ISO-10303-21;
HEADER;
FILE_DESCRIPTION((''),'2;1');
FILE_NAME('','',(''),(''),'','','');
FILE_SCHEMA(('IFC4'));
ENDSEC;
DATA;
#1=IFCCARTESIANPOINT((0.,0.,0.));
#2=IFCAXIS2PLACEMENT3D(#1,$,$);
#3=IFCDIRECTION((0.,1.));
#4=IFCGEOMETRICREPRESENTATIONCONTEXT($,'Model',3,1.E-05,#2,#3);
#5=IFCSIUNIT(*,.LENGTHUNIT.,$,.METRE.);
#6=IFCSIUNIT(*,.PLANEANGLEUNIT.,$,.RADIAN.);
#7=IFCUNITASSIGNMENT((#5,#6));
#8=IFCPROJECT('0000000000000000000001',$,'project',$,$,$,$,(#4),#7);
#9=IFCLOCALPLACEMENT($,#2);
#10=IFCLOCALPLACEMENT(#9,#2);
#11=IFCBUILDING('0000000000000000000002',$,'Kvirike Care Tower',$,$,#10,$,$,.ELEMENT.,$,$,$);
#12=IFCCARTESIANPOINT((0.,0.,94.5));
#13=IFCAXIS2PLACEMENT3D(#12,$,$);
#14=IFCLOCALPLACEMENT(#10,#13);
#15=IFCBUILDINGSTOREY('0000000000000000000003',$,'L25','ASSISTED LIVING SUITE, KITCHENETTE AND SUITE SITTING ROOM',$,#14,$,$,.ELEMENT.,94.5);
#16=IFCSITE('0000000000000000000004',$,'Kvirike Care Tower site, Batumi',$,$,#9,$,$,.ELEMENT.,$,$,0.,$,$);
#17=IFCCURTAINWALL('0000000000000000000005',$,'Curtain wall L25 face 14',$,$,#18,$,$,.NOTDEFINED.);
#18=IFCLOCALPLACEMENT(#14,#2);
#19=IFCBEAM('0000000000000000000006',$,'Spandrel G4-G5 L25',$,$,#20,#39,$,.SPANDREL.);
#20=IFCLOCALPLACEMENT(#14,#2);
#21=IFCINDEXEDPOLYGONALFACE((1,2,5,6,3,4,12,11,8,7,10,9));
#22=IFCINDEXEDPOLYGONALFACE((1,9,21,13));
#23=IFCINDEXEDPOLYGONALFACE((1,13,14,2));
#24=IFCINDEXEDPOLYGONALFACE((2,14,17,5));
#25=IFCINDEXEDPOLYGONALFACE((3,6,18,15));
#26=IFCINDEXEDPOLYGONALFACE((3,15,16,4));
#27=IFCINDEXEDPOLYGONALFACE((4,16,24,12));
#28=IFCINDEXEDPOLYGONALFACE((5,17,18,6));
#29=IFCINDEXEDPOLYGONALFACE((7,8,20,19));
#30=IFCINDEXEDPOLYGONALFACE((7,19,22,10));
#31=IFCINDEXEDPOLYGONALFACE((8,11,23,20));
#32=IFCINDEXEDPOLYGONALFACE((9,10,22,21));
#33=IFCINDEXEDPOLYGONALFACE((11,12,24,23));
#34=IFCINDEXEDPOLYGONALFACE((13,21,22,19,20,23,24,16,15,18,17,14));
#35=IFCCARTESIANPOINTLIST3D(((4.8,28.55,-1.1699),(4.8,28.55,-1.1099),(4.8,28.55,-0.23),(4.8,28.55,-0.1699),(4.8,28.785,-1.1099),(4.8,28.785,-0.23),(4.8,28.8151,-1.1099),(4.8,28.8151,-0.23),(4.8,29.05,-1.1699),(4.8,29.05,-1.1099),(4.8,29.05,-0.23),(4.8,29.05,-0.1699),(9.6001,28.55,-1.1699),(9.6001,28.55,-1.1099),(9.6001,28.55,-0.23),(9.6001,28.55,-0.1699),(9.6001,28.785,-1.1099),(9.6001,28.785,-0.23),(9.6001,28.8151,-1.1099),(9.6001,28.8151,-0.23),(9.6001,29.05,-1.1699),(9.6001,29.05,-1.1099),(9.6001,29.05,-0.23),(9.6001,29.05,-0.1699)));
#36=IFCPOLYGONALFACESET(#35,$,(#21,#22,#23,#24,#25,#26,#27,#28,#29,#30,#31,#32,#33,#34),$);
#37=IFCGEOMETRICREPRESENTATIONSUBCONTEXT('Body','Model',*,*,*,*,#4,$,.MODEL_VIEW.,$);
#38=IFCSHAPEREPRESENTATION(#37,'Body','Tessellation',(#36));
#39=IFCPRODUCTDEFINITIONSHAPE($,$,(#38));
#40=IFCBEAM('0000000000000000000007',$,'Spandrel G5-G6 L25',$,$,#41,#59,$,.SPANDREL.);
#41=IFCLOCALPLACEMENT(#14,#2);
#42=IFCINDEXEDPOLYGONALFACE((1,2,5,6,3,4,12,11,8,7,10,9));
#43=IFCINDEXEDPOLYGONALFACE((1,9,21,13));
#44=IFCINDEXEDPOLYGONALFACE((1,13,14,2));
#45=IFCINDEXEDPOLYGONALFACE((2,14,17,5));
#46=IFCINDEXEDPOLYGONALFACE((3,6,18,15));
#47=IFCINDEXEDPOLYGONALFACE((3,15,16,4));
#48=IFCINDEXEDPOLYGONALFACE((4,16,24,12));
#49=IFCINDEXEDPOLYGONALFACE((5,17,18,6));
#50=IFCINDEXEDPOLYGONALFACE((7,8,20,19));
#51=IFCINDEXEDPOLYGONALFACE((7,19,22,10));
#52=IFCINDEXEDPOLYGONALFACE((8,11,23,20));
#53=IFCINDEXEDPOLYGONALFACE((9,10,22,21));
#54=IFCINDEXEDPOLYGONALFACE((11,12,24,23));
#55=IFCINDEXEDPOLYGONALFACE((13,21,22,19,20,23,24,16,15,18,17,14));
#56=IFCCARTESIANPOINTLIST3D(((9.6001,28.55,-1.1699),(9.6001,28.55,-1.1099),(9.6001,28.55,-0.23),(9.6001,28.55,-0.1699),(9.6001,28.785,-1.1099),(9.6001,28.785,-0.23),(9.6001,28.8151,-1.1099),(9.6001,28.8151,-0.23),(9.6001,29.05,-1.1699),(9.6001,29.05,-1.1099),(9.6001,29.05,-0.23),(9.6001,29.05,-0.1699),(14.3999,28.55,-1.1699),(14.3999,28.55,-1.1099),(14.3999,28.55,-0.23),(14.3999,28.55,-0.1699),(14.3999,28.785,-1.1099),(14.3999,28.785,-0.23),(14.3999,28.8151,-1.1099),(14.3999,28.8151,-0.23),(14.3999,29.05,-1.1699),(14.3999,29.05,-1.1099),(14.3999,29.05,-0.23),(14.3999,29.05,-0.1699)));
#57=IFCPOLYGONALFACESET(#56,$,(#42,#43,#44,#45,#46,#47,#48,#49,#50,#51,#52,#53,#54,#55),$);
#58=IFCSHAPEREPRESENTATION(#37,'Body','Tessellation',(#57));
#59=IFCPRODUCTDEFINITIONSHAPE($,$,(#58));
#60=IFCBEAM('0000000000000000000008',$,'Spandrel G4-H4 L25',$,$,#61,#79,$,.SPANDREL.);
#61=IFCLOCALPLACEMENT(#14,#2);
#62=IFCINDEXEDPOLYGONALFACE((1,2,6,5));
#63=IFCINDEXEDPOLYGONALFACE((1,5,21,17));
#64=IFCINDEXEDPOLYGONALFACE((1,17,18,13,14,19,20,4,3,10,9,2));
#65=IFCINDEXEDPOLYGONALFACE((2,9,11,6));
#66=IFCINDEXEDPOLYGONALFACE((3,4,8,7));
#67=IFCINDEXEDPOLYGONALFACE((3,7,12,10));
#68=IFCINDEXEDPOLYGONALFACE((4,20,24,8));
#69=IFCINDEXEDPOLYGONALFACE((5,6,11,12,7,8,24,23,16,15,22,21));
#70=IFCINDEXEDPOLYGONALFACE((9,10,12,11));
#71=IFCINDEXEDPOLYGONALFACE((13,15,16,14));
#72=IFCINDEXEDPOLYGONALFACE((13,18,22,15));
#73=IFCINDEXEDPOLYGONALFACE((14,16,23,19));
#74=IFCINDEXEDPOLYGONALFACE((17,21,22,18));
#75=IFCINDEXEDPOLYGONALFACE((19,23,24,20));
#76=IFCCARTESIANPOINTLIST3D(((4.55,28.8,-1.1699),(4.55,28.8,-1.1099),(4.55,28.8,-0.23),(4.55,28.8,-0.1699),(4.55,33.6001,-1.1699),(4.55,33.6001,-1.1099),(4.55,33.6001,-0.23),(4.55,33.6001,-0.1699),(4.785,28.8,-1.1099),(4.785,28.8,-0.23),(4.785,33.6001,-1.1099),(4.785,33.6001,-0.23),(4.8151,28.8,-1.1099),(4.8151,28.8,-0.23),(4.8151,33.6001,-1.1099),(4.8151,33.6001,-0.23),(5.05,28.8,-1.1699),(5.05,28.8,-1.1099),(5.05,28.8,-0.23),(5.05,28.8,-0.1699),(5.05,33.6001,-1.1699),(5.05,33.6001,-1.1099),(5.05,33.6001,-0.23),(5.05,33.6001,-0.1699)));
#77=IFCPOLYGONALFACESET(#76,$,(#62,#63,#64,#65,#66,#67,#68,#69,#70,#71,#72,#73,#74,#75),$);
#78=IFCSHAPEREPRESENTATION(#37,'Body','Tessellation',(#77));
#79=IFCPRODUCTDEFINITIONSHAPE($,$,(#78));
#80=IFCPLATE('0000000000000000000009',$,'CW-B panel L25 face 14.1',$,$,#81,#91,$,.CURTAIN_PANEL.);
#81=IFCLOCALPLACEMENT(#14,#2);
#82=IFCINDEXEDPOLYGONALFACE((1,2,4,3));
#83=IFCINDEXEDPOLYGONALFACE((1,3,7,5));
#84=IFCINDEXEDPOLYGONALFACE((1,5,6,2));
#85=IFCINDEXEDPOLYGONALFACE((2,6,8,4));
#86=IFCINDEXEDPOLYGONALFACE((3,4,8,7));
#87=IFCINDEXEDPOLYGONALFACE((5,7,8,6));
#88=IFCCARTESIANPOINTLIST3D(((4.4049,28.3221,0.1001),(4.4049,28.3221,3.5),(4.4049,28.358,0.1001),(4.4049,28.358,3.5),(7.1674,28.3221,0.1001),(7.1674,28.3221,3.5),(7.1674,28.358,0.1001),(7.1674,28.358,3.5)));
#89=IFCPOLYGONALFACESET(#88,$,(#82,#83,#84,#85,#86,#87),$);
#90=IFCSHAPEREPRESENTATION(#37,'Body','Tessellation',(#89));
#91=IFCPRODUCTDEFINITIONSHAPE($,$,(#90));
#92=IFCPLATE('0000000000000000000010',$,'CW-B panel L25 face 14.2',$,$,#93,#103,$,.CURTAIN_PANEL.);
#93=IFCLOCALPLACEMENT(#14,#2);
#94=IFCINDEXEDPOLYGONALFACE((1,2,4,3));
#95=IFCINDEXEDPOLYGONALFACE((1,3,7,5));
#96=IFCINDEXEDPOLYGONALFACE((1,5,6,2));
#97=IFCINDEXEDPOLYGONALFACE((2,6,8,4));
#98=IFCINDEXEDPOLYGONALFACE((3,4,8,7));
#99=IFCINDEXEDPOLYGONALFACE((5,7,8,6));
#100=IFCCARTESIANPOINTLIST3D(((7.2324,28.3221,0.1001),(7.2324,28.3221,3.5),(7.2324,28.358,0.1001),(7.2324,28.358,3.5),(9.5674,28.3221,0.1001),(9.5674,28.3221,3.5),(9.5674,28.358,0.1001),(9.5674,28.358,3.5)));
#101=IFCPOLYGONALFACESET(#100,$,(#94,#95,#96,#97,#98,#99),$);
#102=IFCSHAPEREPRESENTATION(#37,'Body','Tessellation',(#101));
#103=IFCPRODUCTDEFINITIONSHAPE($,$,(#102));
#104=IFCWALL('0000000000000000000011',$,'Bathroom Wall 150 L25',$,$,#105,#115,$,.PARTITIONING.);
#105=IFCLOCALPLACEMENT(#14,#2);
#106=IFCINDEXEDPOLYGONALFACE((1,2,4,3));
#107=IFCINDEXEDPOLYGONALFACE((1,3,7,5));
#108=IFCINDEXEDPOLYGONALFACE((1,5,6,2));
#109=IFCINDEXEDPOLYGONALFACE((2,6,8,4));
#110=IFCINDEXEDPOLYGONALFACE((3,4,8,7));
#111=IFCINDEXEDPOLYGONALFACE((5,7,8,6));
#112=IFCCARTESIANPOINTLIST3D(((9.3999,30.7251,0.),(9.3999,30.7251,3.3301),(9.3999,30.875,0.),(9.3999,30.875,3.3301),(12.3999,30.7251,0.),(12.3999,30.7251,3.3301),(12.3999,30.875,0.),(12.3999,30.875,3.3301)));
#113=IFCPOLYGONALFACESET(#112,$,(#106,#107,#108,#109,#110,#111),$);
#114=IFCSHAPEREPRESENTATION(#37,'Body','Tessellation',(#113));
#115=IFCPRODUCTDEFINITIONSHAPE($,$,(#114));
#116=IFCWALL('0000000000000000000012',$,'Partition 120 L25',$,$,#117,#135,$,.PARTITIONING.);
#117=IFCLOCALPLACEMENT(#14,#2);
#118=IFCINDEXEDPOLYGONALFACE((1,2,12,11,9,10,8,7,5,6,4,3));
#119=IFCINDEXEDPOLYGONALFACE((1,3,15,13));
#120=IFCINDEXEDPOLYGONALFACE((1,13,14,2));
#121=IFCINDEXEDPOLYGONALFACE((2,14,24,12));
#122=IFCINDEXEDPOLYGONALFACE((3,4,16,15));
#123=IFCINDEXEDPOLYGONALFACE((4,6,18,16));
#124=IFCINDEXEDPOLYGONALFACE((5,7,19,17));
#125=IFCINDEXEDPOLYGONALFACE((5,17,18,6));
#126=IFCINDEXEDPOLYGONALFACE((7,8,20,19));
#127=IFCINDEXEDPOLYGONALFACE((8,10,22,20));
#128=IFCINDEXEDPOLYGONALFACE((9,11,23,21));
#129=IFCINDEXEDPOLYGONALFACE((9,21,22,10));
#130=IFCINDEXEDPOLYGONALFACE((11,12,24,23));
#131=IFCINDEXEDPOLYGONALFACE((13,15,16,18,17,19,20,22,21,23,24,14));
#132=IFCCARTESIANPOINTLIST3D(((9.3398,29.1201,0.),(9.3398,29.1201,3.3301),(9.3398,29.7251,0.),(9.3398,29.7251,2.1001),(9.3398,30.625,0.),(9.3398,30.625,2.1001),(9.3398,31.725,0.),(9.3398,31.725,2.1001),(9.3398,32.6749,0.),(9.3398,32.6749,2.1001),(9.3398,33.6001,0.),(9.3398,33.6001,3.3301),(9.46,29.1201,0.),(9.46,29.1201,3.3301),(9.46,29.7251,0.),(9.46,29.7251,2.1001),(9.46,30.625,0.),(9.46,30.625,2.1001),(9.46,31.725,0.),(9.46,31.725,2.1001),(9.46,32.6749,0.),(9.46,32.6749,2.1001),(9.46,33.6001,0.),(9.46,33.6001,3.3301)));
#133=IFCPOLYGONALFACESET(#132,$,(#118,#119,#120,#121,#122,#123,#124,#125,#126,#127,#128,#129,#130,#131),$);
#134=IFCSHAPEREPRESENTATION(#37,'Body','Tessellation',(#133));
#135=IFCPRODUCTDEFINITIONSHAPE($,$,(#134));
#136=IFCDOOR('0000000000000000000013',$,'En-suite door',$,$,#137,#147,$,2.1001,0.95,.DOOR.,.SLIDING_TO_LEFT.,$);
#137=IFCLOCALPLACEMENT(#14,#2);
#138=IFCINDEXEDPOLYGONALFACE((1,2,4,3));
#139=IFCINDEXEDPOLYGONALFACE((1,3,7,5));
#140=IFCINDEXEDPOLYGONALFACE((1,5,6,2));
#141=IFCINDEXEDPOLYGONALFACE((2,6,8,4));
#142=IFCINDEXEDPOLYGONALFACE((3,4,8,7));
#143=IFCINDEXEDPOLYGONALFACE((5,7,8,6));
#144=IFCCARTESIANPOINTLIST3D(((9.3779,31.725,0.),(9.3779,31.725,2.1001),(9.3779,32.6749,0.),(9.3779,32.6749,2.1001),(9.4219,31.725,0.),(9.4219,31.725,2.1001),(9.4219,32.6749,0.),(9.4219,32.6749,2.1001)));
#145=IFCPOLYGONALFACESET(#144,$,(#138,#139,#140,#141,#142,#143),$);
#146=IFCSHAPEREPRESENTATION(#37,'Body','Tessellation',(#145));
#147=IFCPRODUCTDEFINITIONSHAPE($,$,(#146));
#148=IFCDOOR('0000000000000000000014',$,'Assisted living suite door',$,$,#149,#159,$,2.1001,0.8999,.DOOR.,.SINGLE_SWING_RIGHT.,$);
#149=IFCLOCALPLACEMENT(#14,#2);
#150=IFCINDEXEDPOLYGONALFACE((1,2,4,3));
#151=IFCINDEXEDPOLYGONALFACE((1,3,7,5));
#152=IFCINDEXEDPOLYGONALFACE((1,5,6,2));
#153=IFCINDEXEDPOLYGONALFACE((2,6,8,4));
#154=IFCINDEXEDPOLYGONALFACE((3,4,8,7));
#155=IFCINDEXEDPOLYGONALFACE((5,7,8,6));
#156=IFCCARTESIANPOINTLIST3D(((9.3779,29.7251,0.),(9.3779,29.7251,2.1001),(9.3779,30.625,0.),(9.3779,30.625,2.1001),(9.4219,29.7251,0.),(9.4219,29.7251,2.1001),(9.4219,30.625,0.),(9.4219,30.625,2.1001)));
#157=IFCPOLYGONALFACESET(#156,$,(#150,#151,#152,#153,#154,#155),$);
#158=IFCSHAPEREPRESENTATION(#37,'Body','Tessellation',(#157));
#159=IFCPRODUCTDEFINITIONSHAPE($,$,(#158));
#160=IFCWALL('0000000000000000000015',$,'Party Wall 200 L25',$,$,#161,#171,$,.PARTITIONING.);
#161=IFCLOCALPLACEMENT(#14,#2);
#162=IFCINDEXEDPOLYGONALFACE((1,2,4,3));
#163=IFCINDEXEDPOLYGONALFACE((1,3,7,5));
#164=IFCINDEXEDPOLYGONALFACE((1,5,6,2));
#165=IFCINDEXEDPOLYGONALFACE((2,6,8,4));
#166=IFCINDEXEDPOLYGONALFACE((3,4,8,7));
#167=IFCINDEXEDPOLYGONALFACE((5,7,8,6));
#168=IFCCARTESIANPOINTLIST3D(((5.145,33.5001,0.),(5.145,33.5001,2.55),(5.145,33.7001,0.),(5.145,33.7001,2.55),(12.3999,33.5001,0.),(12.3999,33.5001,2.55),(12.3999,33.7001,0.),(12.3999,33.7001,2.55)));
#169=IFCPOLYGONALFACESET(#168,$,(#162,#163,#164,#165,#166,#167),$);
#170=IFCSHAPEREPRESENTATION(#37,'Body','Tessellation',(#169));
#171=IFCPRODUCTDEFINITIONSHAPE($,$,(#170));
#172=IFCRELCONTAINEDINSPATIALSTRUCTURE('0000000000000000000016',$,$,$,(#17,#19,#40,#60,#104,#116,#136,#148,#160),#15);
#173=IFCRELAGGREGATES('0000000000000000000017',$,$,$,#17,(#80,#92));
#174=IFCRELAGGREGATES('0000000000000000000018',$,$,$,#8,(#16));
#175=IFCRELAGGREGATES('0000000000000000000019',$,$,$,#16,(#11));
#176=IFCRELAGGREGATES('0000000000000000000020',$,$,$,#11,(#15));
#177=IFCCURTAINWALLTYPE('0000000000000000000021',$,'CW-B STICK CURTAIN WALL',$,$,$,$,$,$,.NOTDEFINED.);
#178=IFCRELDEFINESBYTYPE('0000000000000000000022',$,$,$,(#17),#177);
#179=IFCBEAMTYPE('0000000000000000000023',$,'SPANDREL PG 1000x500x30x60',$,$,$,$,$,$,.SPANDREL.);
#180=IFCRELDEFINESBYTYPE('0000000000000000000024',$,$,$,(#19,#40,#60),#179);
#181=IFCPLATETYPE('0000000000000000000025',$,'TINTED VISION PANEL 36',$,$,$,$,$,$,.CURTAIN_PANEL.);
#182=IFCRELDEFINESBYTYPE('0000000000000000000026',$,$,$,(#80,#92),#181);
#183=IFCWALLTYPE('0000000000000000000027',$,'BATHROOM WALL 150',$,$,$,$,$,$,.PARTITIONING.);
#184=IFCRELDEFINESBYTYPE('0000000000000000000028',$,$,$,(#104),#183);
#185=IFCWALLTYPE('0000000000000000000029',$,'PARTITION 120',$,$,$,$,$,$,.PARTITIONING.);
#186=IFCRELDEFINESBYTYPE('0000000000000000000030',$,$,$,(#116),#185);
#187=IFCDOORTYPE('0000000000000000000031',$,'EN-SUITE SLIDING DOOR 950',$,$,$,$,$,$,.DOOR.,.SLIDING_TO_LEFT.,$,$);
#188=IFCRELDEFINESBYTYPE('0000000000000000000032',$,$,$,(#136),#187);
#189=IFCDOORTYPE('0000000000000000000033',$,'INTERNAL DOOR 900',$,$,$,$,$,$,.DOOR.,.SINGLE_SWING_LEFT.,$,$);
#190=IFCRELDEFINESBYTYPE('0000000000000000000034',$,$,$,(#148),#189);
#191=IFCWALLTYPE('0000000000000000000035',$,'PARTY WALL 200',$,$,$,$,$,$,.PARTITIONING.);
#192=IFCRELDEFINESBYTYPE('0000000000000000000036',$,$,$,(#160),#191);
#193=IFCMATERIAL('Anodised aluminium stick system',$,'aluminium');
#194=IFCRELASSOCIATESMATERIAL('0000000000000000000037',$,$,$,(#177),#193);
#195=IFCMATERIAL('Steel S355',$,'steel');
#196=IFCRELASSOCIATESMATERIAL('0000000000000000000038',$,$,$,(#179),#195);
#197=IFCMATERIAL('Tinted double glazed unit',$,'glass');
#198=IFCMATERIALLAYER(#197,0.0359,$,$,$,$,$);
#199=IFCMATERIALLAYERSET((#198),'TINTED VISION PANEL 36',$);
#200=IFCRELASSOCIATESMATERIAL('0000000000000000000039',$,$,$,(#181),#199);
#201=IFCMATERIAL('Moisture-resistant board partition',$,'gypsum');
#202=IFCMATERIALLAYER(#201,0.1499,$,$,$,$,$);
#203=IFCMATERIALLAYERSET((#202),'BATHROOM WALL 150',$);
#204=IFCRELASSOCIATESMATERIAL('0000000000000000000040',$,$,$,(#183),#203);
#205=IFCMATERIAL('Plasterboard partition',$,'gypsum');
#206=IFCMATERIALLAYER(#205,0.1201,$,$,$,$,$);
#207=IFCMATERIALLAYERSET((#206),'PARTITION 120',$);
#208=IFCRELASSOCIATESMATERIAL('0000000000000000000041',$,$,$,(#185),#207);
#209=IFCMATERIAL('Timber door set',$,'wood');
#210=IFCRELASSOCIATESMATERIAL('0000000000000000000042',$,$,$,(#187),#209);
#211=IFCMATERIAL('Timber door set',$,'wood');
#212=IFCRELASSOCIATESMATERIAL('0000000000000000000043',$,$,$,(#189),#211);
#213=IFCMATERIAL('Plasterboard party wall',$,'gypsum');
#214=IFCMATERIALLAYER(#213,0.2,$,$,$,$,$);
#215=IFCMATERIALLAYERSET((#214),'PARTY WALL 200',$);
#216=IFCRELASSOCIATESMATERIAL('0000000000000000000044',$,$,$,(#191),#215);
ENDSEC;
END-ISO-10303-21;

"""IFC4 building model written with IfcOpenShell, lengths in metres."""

from ifc_helpers import new_model, si_unit, direction, frame, frame_2d, origin, origin_2d, place, context, subcontext, project, spatial, rectangle, i_section, extrude, material, layer, layer_set, material_profile, profile_set, type_object, element, fill, aggregate, save


model = new_model("IFC4")

# Units and contexts
model_context = context("Model", 3, precision=1e-05, world=origin(), true_north=direction((0.0, 1.0)))
body_context = subcontext(model_context, "Body", "Model", "MODEL_VIEW")
ifc_project = project(units=[si_unit("LENGTHUNIT", "METRE"), si_unit("PLANEANGLEUNIT", "RADIAN")], contexts=[model_context])

# Site, building, storey
site_placement = place(None, origin())
site = spatial("IfcSite", under=ifc_project, at=site_placement, Name="Kvirike Care Tower site, Batumi", CompositionType="ELEMENT", RefElevation=0.0)
building_placement = place(site_placement, origin())
building = spatial("IfcBuilding", under=site, at=building_placement, Name="Kvirike Care Tower", CompositionType="ELEMENT")
storey_placement = place(building_placement, frame((0.0, 0.0, 94.5)))
storey = spatial("IfcBuildingStorey", under=building, at=storey_placement, Name="L25", Description="ASSISTED LIVING SUITE, KITCHENETTE AND SUITE SITTING ROOM", CompositionType="ELEMENT", Elevation=94.5)

# Curtain wall
ifc_material_1 = material(Name="Anodised aluminium stick system", Category="aluminium")
curtain_wall_type = type_object("IfcCurtainWallType", Name="CW-B STICK CURTAIN WALL", PredefinedType="NOTDEFINED", material=ifc_material_1)
curtain_wall_placement = place(storey_placement, origin())
curtain_wall = element("IfcCurtainWall", 1, at=curtain_wall_placement, inside=storey, type_object=curtain_wall_type, Name="Curtain wall L25 face 14", PredefinedType="NOTDEFINED")

# Beams
ifc_material_2 = material(Name="Steel S355", Category="steel")
ifc_material_profile_1 = material_profile(ifc_material_2, i_section(OverallWidth=0.5, OverallDepth=1.0, WebThickness=0.03, FlangeThickness=0.0601, at=origin_2d()), Name="PG 1000x500x30x60")
ifc_profile_set_1 = profile_set([ifc_material_profile_1], Name="Steel S355")
beam_type_1 = type_object("IfcBeamType", Name="SPANDREL PG 1000x500x30x60", PredefinedType="SPANDREL", material=ifc_profile_set_1)
beam_1_placement = place(storey_placement, frame((4.8, 28.8, -0.6699), z_axis=(1.0, 0.0, 0.0), x_axis=(0.0, 1.0, 0.0)))
element("IfcBeam", 2, at=beam_1_placement, inside=storey, type_object=beam_type_1, Name="Spandrel G4-G5 L25", PredefinedType="SPANDREL", context=body_context, shape_type="SweptSolid", body=[
    extrude(i_section(OverallWidth=0.5, OverallDepth=1.0, WebThickness=0.03, FlangeThickness=0.0601, at=origin_2d()), origin(), (0.0, 0.0, 1.0), 4.8),
])
beam_2_placement = place(storey_placement, frame((9.6001, 28.8, -0.6699), z_axis=(1.0, 0.0, 0.0), x_axis=(0.0, 1.0, 0.0)))
element("IfcBeam", 3, at=beam_2_placement, inside=storey, type_object=beam_type_1, Name="Spandrel G5-G6 L25", PredefinedType="SPANDREL", context=body_context, shape_type="SweptSolid", body=[
    extrude(i_section(OverallWidth=0.5, OverallDepth=1.0, WebThickness=0.03, FlangeThickness=0.0601, at=origin_2d()), origin(), (0.0, 0.0, 1.0), 4.7998),
])
beam_3_placement = place(storey_placement, frame((4.8, 28.8, -0.6699), z_axis=(0.0, 1.0, 0.0), x_axis=(-1.0, 0.0, 0.0)))
element("IfcBeam", 4, at=beam_3_placement, inside=storey, type_object=beam_type_1, Name="Spandrel G4-H4 L25", PredefinedType="SPANDREL", context=body_context, shape_type="SweptSolid", body=[
    extrude(i_section(OverallWidth=0.5, OverallDepth=1.0, WebThickness=0.03, FlangeThickness=0.0601, at=origin_2d()), origin(), (0.0, 0.0, 1.0), 4.8),
])

# Plates
ifc_material_3 = material(Name="Tinted double glazed unit", Category="glass")
ifc_layer_1 = layer(ifc_material_3, 0.0359)
ifc_layer_set_1 = layer_set([ifc_layer_1], Name="TINTED VISION PANEL 36")
plate_type = type_object("IfcPlateType", Name="TINTED VISION PANEL 36", PredefinedType="CURTAIN_PANEL", material=ifc_layer_set_1)
plate_1_placement = place(storey_placement, frame((5.7861, 28.3401, 0.1001), z_axis=(0.0, 0.0, 1.0), x_axis=(1.0, 0.0, 0.0)))
plate_1 = element("IfcPlate", 5, at=plate_1_placement, type_object=plate_type, Name="CW-B panel L25 face 14.1", PredefinedType="CURTAIN_PANEL", context=body_context, shape_type="SweptSolid", body=[
    extrude(rectangle(XDim=2.7625, YDim=0.0359, at=origin_2d()), origin(), (0.0, 0.0, 1.0), 3.3999),
])
plate_2_placement = place(storey_placement, frame((8.3999, 28.3401, 0.1001), z_axis=(0.0, 0.0, 1.0), x_axis=(1.0, 0.0, 0.0)))
plate_2 = element("IfcPlate", 6, at=plate_2_placement, type_object=plate_type, Name="CW-B panel L25 face 14.2", PredefinedType="CURTAIN_PANEL", context=body_context, shape_type="SweptSolid", body=[
    extrude(rectangle(XDim=2.335, YDim=0.0359, at=origin_2d()), origin(), (0.0, 0.0, 1.0), 3.3999),
])
aggregate(curtain_wall, [plate_1, plate_2])

# Wall
ifc_material_4 = material(Name="Moisture-resistant board partition", Category="gypsum")
ifc_layer_2 = layer(ifc_material_4, 0.1499)
ifc_layer_set_2 = layer_set([ifc_layer_2], Name="BATHROOM WALL 150")
wall_type_1 = type_object("IfcWallType", Name="BATHROOM WALL 150", PredefinedType="PARTITIONING", material=ifc_layer_set_2)
wall_1_placement = place(storey_placement, frame((9.3999, 30.8, 0.0), z_axis=(0.0, 0.0, 1.0), x_axis=(1.0, 0.0, 0.0)))
element("IfcWall", 7, at=wall_1_placement, inside=storey, type_object=wall_type_1, Name="Bathroom Wall 150 L25", PredefinedType="PARTITIONING", context=body_context, shape_type="SweptSolid", body=[
    extrude(rectangle(XDim=3.0, YDim=0.1499, at=frame_2d((1.5, 0.0))), origin(), (0.0, 0.0, 1.0), 3.3301),
])

# Wall, openings, doors
ifc_material_5 = material(Name="Plasterboard partition", Category="gypsum")
ifc_layer_3 = layer(ifc_material_5, 0.1201)
ifc_layer_set_3 = layer_set([ifc_layer_3], Name="PARTITION 120")
wall_type_2 = type_object("IfcWallType", Name="PARTITION 120", PredefinedType="PARTITIONING", material=ifc_layer_set_3)
wall_2_placement = place(storey_placement, frame((9.3999, 33.6001, 0.0), z_axis=(0.0, 0.0, 1.0), x_axis=(0.0, -1.0, 0.0)))
wall_2 = element("IfcWall", 8, at=wall_2_placement, inside=storey, type_object=wall_type_2, Name="Partition 120 L25", PredefinedType="PARTITIONING", context=body_context, shape_type="SweptSolid", body=[
    extrude(rectangle(XDim=4.48, YDim=0.1201, at=frame_2d((2.24, 0.0))), origin(), (0.0, 0.0, 1.0), 3.3301),
])
opening_1_placement = place(wall_2_placement, frame((2.9751, 0.0, 0.0)))
opening_1 = element("IfcOpeningElement", 9, at=opening_1_placement, cuts=wall_2, PredefinedType="OPENING", context=body_context, shape_type="SweptSolid", body=[
    extrude(rectangle(XDim=0.8999, YDim=2.1001, at=frame_2d((0.45, 1.05))), frame((0.0, 0.0706, 0.0), z_axis=(0.0, -1.0, 0.0), x_axis=(1.0, 0.0, 0.0)), (0.0, 0.0, 1.0), 0.1411),
])
opening_2_placement = place(wall_2_placement, frame((0.925, 0.0, 0.0)))
opening_2 = element("IfcOpeningElement", 10, at=opening_2_placement, cuts=wall_2, PredefinedType="OPENING", context=body_context, shape_type="SweptSolid", body=[
    extrude(rectangle(XDim=0.95, YDim=2.1001, at=frame_2d((0.4751, 1.05))), frame((0.0, 0.0706, 0.0), z_axis=(0.0, -1.0, 0.0), x_axis=(1.0, 0.0, 0.0)), (0.0, 0.0, 1.0), 0.1411),
])
ifc_material_6 = material(Name="Timber door set", Category="wood")
door_type_1 = type_object("IfcDoorType", Name="EN-SUITE SLIDING DOOR 950", OperationType="SLIDING_TO_LEFT", PredefinedType="DOOR", material=ifc_material_6)
door_1_placement = place(opening_2_placement, origin())
door_1 = element("IfcDoor", 11, at=door_1_placement, inside=storey, type_object=door_type_1, Name="En-suite door", OperationType="SLIDING_TO_LEFT", OverallHeight=2.1001, OverallWidth=0.95, PredefinedType="DOOR", context=body_context, shape_type="SweptSolid", body=[
    extrude(rectangle(XDim=0.95, YDim=2.1001, at=frame_2d((0.4751, 1.05))), frame((0.0, 0.022, 0.0), z_axis=(0.0, -1.0, 0.0), x_axis=(1.0, 0.0, 0.0)), (0.0, 0.0, 1.0), 0.0439),
])
fill(opening_2, door_1)
ifc_material_7 = material(Name="Timber door set", Category="wood")
door_type_2 = type_object("IfcDoorType", Name="INTERNAL DOOR 900", OperationType="SINGLE_SWING_LEFT", PredefinedType="DOOR", material=ifc_material_7)
door_2_placement = place(opening_1_placement, origin())
door_2 = element("IfcDoor", 12, at=door_2_placement, inside=storey, type_object=door_type_2, Name="Assisted living suite door", OperationType="SINGLE_SWING_RIGHT", OverallHeight=2.1001, OverallWidth=0.8999, PredefinedType="DOOR", context=body_context, shape_type="SweptSolid", body=[
    extrude(rectangle(XDim=0.8999, YDim=2.1001, at=frame_2d((0.45, 1.05))), frame((0.0, 0.022, 0.0), z_axis=(0.0, -1.0, 0.0), x_axis=(1.0, 0.0, 0.0)), (0.0, 0.0, 1.0), 0.0439),
])
fill(opening_1, door_2)

# Wall
ifc_material_8 = material(Name="Plasterboard party wall", Category="gypsum")
ifc_layer_4 = layer(ifc_material_8, 0.2)
ifc_layer_set_4 = layer_set([ifc_layer_4], Name="PARTY WALL 200")
wall_type_3 = type_object("IfcWallType", Name="PARTY WALL 200", PredefinedType="PARTITIONING", material=ifc_layer_set_4)
wall_3_placement = place(storey_placement, frame((5.145, 33.6001, 0.0), z_axis=(0.0, 0.0, 1.0), x_axis=(1.0, 0.0, 0.0)))
element("IfcWall", 13, at=wall_3_placement, inside=storey, type_object=wall_type_3, Name="Party Wall 200 L25", PredefinedType="PARTITIONING", context=body_context, shape_type="SweptSolid", body=[
    extrude(rectangle(XDim=7.2549, YDim=0.2, at=frame_2d((3.6274, 0.0))), origin(), (0.0, 0.0, 1.0), 2.55),
])

save(model, "model.ifc")
